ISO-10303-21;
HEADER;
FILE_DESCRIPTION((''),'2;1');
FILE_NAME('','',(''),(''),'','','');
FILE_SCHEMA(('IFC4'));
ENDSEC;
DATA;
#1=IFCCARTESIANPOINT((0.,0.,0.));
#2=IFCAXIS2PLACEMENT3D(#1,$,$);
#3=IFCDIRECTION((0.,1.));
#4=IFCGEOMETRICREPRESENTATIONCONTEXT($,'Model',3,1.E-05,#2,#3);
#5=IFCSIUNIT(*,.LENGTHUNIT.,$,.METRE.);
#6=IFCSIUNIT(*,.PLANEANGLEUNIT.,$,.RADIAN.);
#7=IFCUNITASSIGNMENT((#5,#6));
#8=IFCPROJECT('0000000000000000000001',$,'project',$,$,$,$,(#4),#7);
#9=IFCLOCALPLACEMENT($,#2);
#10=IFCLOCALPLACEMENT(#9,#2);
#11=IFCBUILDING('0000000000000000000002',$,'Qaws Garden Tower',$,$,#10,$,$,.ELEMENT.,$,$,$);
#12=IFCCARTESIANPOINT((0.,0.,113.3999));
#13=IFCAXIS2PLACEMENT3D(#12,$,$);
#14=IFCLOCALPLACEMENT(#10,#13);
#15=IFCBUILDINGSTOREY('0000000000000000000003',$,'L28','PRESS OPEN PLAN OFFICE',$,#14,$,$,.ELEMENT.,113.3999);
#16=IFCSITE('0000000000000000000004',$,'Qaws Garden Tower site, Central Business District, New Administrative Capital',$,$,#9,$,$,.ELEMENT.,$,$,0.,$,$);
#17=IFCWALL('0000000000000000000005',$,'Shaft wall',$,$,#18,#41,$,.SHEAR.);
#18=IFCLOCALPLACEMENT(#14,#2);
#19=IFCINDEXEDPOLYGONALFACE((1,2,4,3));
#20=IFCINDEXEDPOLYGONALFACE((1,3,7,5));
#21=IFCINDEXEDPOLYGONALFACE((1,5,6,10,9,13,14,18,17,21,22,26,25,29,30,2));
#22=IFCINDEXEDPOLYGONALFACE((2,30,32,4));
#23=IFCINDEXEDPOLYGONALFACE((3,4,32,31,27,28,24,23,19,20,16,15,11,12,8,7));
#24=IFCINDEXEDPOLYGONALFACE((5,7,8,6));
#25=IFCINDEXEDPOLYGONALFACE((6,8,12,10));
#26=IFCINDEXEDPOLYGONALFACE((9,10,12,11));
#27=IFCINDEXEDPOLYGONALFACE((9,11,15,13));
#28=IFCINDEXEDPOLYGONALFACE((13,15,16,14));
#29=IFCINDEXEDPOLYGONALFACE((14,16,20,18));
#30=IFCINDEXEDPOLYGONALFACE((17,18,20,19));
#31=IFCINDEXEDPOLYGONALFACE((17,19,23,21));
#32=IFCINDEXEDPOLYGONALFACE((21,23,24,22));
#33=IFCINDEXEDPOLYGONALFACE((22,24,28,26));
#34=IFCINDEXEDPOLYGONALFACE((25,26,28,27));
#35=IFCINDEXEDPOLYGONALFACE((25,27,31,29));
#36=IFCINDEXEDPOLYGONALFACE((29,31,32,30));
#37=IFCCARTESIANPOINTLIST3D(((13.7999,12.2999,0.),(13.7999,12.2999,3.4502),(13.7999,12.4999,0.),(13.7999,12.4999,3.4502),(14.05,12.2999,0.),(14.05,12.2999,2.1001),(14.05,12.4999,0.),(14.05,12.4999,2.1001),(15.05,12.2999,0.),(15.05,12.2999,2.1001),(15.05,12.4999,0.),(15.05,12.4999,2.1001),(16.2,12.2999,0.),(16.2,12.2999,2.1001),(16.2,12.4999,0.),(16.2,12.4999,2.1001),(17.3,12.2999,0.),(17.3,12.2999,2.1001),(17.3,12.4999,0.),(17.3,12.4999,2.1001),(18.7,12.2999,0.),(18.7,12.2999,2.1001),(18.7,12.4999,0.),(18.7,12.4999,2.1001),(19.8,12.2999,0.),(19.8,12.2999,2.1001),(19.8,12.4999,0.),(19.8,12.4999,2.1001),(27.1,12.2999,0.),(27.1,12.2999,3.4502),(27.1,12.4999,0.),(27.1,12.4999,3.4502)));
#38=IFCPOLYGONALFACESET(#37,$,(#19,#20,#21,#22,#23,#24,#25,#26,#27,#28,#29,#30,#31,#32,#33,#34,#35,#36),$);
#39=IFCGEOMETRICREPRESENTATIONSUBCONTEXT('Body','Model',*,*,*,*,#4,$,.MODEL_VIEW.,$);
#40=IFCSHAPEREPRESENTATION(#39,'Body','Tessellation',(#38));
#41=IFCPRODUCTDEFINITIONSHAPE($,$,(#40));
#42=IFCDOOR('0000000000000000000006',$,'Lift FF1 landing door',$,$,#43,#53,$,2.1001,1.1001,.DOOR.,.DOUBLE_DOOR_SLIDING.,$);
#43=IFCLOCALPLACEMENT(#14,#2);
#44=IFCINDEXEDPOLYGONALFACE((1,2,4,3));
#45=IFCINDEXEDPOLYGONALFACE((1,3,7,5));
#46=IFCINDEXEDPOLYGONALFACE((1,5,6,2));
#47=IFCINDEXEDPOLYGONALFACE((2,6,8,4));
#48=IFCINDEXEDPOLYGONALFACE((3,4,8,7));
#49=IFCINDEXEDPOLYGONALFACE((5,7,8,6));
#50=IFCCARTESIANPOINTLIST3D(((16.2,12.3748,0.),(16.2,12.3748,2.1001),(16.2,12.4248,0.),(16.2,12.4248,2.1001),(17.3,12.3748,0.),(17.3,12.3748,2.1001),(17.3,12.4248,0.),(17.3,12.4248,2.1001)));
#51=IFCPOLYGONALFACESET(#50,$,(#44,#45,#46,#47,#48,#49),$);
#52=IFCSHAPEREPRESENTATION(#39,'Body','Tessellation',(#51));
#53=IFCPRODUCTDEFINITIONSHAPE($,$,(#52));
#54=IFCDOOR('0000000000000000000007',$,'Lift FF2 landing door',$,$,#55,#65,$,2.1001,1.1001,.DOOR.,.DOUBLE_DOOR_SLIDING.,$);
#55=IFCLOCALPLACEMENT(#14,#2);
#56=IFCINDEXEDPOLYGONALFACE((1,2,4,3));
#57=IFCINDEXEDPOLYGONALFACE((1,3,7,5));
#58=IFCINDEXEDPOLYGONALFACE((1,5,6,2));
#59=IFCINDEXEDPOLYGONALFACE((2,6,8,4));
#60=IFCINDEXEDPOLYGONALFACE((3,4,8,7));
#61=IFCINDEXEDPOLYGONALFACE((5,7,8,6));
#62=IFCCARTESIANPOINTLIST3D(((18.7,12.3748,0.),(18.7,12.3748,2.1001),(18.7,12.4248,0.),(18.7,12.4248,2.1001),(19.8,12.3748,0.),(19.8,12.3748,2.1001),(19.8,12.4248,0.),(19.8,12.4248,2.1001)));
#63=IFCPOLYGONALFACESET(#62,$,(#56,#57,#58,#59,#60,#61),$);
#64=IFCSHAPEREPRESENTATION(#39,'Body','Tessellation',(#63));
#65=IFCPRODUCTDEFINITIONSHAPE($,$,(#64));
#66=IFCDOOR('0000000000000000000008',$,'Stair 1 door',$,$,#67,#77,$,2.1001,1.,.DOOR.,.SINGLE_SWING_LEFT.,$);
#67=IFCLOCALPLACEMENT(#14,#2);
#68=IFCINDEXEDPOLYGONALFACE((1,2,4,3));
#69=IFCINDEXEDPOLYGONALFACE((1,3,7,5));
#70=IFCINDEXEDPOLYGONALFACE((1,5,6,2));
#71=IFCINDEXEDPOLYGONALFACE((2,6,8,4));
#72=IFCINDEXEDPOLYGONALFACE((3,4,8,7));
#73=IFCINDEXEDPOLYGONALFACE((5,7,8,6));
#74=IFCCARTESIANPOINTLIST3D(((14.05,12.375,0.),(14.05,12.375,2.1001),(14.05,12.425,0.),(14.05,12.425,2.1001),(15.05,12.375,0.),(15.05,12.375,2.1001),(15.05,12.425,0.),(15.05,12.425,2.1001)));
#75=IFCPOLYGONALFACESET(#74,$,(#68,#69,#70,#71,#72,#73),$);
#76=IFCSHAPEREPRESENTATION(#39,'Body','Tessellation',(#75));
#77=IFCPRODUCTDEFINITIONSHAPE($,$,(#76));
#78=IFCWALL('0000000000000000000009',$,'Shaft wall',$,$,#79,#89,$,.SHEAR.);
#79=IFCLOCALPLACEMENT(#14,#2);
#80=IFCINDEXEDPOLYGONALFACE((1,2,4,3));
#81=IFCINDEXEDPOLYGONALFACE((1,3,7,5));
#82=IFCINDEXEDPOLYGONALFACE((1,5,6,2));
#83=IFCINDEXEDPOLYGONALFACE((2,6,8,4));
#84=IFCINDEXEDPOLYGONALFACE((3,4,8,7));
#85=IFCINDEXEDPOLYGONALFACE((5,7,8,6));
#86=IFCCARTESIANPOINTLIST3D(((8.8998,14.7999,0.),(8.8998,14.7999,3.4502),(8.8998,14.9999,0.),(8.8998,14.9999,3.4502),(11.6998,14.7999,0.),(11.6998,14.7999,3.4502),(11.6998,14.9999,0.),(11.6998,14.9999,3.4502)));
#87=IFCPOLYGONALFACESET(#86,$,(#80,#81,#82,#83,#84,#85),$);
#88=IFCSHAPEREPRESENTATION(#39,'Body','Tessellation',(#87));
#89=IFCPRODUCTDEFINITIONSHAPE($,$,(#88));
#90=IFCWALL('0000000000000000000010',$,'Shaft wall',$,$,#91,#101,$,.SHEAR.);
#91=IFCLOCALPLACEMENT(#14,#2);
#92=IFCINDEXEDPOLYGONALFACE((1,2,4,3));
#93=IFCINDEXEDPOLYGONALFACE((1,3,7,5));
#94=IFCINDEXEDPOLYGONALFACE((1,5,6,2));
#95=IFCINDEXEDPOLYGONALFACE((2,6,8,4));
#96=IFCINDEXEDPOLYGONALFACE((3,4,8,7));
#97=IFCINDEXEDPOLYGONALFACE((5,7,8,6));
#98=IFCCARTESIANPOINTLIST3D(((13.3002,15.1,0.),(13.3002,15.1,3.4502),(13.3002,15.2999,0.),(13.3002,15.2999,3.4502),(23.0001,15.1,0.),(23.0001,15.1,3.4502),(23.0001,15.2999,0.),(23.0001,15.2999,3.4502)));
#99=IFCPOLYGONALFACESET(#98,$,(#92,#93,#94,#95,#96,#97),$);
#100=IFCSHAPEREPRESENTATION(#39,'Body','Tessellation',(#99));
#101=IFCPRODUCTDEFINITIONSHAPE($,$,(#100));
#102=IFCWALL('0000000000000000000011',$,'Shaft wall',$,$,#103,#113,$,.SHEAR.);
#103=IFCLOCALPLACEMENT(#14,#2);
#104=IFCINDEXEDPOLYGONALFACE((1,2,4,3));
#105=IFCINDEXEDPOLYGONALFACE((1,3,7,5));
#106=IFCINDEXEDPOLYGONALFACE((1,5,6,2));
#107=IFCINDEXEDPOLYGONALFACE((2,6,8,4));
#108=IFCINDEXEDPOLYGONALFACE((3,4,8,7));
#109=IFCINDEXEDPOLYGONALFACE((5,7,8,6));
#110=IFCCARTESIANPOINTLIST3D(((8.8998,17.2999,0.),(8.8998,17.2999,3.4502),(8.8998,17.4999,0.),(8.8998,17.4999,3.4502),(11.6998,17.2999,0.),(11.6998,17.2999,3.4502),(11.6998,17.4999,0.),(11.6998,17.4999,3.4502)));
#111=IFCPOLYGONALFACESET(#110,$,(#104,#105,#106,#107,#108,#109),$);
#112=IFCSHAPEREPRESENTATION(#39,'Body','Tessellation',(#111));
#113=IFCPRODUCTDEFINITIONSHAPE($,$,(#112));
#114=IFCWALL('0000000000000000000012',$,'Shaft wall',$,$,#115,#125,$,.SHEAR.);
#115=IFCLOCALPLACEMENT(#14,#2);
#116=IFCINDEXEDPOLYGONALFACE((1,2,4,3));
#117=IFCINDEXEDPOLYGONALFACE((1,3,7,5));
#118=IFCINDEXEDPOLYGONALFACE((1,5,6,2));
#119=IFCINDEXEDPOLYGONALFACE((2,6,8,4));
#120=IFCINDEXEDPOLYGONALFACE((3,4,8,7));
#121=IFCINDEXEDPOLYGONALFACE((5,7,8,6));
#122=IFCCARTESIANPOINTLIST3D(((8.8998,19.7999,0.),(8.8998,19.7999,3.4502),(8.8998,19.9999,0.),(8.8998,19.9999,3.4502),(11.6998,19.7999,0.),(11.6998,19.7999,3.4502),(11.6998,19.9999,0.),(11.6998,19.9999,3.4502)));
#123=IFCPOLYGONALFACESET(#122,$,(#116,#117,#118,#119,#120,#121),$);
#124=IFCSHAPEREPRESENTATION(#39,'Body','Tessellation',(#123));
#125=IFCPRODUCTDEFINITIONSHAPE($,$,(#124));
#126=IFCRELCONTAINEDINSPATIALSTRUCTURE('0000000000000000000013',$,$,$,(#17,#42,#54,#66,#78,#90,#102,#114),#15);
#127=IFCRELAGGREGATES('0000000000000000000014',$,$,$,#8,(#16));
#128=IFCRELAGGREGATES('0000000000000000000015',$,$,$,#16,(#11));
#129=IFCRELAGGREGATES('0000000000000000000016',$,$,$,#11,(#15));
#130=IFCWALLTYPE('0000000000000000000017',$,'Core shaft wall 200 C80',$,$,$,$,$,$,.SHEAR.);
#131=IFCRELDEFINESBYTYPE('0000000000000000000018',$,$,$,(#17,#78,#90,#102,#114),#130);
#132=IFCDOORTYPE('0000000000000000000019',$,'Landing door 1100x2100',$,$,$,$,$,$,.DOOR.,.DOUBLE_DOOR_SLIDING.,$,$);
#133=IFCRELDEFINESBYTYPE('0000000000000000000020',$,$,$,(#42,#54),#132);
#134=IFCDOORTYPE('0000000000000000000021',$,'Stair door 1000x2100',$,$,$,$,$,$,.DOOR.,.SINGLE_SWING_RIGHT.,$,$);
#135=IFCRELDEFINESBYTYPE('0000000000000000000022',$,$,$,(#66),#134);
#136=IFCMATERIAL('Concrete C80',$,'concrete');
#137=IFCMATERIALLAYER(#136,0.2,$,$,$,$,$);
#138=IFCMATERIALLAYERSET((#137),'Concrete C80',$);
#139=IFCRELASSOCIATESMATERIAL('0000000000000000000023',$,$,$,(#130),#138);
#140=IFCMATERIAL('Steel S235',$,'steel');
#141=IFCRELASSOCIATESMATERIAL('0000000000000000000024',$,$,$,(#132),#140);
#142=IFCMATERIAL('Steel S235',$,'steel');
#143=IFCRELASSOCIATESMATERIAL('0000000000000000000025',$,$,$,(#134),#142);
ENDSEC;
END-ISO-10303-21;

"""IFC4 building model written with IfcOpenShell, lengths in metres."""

from ifc_helpers import new_model, si_unit, direction, frame, frame_2d, origin, place, context, subcontext, project, spatial, rectangle, extrude, material, layer, layer_set, type_object, element, fill, save


model = new_model("IFC4")

# Units and contexts
model_context = context("Model", 3, precision=1e-05, world=origin(), true_north=direction((0.0, 1.0)))
body_context = subcontext(model_context, "Body", "Model", "MODEL_VIEW")
ifc_project = project(units=[si_unit("LENGTHUNIT", "METRE"), si_unit("PLANEANGLEUNIT", "RADIAN")], contexts=[model_context])

# Site, building, storey
site_placement = place(None, origin())
site = spatial("IfcSite", under=ifc_project, at=site_placement, Name="Qaws Garden Tower site, Central Business District, New Administrative Capital", CompositionType="ELEMENT", RefElevation=0.0)
building_placement = place(site_placement, origin())
building = spatial("IfcBuilding", under=site, at=building_placement, Name="Qaws Garden Tower", CompositionType="ELEMENT")
storey_placement = place(building_placement, frame((0.0, 0.0, 113.3999)))
storey = spatial("IfcBuildingStorey", under=building, at=storey_placement, Name="L28", Description="PRESS OPEN PLAN OFFICE", CompositionType="ELEMENT", Elevation=113.3999)

# Shared definitions
ifc_material_1 = material(Name="Concrete C80", Category="concrete")
ifc_layer_1 = layer(ifc_material_1, 0.2)
ifc_layer_set_1 = layer_set([ifc_layer_1], Name="Concrete C80")
wall_type_1 = type_object("IfcWallType", Name="Core shaft wall 200 C80", PredefinedType="SHEAR", material=ifc_layer_set_1)

# Wall, openings, doors
wall_1_placement = place(storey_placement, frame((13.8, 12.3999, 0.0), z_axis=(0.0, 0.0, 1.0), x_axis=(1.0, 0.0, 0.0)))
wall_1 = element("IfcWall", 1, at=wall_1_placement, inside=storey, type_object=wall_type_1, Name="Shaft wall", PredefinedType="SHEAR", context=body_context, shape_type="SweptSolid", body=[
    extrude(rectangle(XDim=13.3, YDim=0.2, at=frame_2d((6.6499, 0.0))), origin(), (0.0, 0.0, 1.0), 3.4502),
])
opening_1_placement = place(wall_1_placement, frame((2.3999, 0.0, 0.0)))
opening_1 = element("IfcOpeningElement", 2, at=opening_1_placement, cuts=wall_1, PredefinedType="OPENING", context=body_context, shape_type="SweptSolid", body=[
    extrude(rectangle(XDim=1.1001, YDim=2.1001, at=frame_2d((0.55, 1.05))), frame((0.0, 0.1099, 0.0), z_axis=(0.0, -1.0, 0.0), x_axis=(1.0, 0.0, 0.0)), (0.0, 0.0, 1.0), 0.22),
])
opening_2_placement = place(wall_1_placement, frame((4.8999, 0.0, 0.0)))
opening_2 = element("IfcOpeningElement", 3, at=opening_2_placement, cuts=wall_1, PredefinedType="OPENING", context=body_context, shape_type="SweptSolid", body=[
    extrude(rectangle(XDim=1.1001, YDim=2.1001, at=frame_2d((0.55, 1.05))), frame((0.0, 0.1099, 0.0), z_axis=(0.0, -1.0, 0.0), x_axis=(1.0, 0.0, 0.0)), (0.0, 0.0, 1.0), 0.22),
])
opening_3_placement = place(wall_1_placement, frame((0.25, 0.0, 0.0)))
opening_3 = element("IfcOpeningElement", 4, at=opening_3_placement, cuts=wall_1, PredefinedType="OPENING", context=body_context, shape_type="SweptSolid", body=[
    extrude(rectangle(XDim=1.0, YDim=2.1001, at=frame_2d((0.5, 1.05))), frame((0.0, 0.1099, 0.0), z_axis=(0.0, -1.0, 0.0), x_axis=(1.0, 0.0, 0.0)), (0.0, 0.0, 1.0), 0.22),
])
ifc_material_2 = material(Name="Steel S235", Category="steel")
door_type_1 = type_object("IfcDoorType", Name="Landing door 1100x2100", OperationType="DOUBLE_DOOR_SLIDING", PredefinedType="DOOR", material=ifc_material_2)
door_1_placement = place(opening_1_placement, origin())
door_1 = element("IfcDoor", 5, at=door_1_placement, inside=storey, type_object=door_type_1, Name="Lift FF1 landing door", OperationType="DOUBLE_DOOR_SLIDING", OverallHeight=2.1001, OverallWidth=1.1001, PredefinedType="DOOR", context=body_context, shape_type="SweptSolid", body=[
    extrude(rectangle(XDim=1.1001, YDim=2.1001, at=frame_2d((0.55, 1.05))), frame((0.0, 0.0249, 0.0), z_axis=(0.0, -1.0, 0.0), x_axis=(1.0, 0.0, 0.0)), (0.0, 0.0, 1.0), 0.05),
])
fill(opening_1, door_1)
door_2_placement = place(opening_2_placement, origin())
door_2 = element("IfcDoor", 6, at=door_2_placement, inside=storey, type_object=door_type_1, Name="Lift FF2 landing door", OperationType="DOUBLE_DOOR_SLIDING", OverallHeight=2.1001, OverallWidth=1.1001, PredefinedType="DOOR", context=body_context, shape_type="SweptSolid", body=[
    extrude(rectangle(XDim=1.1001, YDim=2.1001, at=frame_2d((0.55, 1.05))), frame((0.0, 0.0249, 0.0), z_axis=(0.0, -1.0, 0.0), x_axis=(1.0, 0.0, 0.0)), (0.0, 0.0, 1.0), 0.05),
])
fill(opening_2, door_2)
ifc_material_3 = material(Name="Steel S235", Category="steel")
door_type_2 = type_object("IfcDoorType", Name="Stair door 1000x2100", OperationType="SINGLE_SWING_RIGHT", PredefinedType="DOOR", material=ifc_material_3)
door_3_placement = place(opening_3_placement, frame((1.0, 0.0, 0.0), z_axis=(0.0, 0.0, 1.0), x_axis=(-1.0, 0.0, 0.0)))
door_3 = element("IfcDoor", 7, at=door_3_placement, inside=storey, type_object=door_type_2, Name="Stair 1 door", OperationType="SINGLE_SWING_LEFT", OverallHeight=2.1001, OverallWidth=1.0, PredefinedType="DOOR", context=body_context, shape_type="SweptSolid", body=[
    extrude(rectangle(XDim=1.0, YDim=2.1001, at=frame_2d((0.5, 1.05))), frame((0.0, 0.0249, 0.0), z_axis=(0.0, -1.0, 0.0), x_axis=(1.0, 0.0, 0.0)), (0.0, 0.0, 1.0), 0.05),
])
fill(opening_3, door_3)

# Walls
wall_2_placement = place(storey_placement, frame((8.8999, 14.8999, 0.0), z_axis=(0.0, 0.0, 1.0), x_axis=(1.0, 0.0, 0.0)))
element("IfcWall", 8, at=wall_2_placement, inside=storey, type_object=wall_type_1, Name="Shaft wall", PredefinedType="SHEAR", context=body_context, shape_type="SweptSolid", body=[
    extrude(rectangle(XDim=2.8, YDim=0.2, at=frame_2d((1.3999, 0.0))), origin(), (0.0, 0.0, 1.0), 3.4502),
])
wall_3_placement = place(storey_placement, frame((13.3, 15.2, 0.0), z_axis=(0.0, 0.0, 1.0), x_axis=(1.0, 0.0, 0.0)))
element("IfcWall", 9, at=wall_3_placement, inside=storey, type_object=wall_type_1, Name="Shaft wall", PredefinedType="SHEAR", context=body_context, shape_type="SweptSolid", body=[
    extrude(rectangle(XDim=9.7, YDim=0.2, at=frame_2d((4.8501, 0.0))), origin(), (0.0, 0.0, 1.0), 3.4502),
])
for number, where, z_axis, x_axis, name in (
    (10, (8.8999, 17.3999, 0.0), (0.0, 0.0, 1.0), (1.0, 0.0, 0.0), "Shaft wall"),
    (11, (8.8999, 19.8999, 0.0), (0.0, 0.0, 1.0), (1.0, 0.0, 0.0), "Shaft wall"),
):
    element("IfcWall", number, at=place(storey_placement, frame(where, z_axis=z_axis, x_axis=x_axis)), inside=storey, type_object=wall_type_1, Name=name, PredefinedType="SHEAR", context=body_context, shape_type="SweptSolid", body=[
        extrude(rectangle(XDim=2.8, YDim=0.2, at=frame_2d((1.3999, 0.0))), origin(), (0.0, 0.0, 1.0), 3.4502),
    ])

save(model, "model.ifc")
